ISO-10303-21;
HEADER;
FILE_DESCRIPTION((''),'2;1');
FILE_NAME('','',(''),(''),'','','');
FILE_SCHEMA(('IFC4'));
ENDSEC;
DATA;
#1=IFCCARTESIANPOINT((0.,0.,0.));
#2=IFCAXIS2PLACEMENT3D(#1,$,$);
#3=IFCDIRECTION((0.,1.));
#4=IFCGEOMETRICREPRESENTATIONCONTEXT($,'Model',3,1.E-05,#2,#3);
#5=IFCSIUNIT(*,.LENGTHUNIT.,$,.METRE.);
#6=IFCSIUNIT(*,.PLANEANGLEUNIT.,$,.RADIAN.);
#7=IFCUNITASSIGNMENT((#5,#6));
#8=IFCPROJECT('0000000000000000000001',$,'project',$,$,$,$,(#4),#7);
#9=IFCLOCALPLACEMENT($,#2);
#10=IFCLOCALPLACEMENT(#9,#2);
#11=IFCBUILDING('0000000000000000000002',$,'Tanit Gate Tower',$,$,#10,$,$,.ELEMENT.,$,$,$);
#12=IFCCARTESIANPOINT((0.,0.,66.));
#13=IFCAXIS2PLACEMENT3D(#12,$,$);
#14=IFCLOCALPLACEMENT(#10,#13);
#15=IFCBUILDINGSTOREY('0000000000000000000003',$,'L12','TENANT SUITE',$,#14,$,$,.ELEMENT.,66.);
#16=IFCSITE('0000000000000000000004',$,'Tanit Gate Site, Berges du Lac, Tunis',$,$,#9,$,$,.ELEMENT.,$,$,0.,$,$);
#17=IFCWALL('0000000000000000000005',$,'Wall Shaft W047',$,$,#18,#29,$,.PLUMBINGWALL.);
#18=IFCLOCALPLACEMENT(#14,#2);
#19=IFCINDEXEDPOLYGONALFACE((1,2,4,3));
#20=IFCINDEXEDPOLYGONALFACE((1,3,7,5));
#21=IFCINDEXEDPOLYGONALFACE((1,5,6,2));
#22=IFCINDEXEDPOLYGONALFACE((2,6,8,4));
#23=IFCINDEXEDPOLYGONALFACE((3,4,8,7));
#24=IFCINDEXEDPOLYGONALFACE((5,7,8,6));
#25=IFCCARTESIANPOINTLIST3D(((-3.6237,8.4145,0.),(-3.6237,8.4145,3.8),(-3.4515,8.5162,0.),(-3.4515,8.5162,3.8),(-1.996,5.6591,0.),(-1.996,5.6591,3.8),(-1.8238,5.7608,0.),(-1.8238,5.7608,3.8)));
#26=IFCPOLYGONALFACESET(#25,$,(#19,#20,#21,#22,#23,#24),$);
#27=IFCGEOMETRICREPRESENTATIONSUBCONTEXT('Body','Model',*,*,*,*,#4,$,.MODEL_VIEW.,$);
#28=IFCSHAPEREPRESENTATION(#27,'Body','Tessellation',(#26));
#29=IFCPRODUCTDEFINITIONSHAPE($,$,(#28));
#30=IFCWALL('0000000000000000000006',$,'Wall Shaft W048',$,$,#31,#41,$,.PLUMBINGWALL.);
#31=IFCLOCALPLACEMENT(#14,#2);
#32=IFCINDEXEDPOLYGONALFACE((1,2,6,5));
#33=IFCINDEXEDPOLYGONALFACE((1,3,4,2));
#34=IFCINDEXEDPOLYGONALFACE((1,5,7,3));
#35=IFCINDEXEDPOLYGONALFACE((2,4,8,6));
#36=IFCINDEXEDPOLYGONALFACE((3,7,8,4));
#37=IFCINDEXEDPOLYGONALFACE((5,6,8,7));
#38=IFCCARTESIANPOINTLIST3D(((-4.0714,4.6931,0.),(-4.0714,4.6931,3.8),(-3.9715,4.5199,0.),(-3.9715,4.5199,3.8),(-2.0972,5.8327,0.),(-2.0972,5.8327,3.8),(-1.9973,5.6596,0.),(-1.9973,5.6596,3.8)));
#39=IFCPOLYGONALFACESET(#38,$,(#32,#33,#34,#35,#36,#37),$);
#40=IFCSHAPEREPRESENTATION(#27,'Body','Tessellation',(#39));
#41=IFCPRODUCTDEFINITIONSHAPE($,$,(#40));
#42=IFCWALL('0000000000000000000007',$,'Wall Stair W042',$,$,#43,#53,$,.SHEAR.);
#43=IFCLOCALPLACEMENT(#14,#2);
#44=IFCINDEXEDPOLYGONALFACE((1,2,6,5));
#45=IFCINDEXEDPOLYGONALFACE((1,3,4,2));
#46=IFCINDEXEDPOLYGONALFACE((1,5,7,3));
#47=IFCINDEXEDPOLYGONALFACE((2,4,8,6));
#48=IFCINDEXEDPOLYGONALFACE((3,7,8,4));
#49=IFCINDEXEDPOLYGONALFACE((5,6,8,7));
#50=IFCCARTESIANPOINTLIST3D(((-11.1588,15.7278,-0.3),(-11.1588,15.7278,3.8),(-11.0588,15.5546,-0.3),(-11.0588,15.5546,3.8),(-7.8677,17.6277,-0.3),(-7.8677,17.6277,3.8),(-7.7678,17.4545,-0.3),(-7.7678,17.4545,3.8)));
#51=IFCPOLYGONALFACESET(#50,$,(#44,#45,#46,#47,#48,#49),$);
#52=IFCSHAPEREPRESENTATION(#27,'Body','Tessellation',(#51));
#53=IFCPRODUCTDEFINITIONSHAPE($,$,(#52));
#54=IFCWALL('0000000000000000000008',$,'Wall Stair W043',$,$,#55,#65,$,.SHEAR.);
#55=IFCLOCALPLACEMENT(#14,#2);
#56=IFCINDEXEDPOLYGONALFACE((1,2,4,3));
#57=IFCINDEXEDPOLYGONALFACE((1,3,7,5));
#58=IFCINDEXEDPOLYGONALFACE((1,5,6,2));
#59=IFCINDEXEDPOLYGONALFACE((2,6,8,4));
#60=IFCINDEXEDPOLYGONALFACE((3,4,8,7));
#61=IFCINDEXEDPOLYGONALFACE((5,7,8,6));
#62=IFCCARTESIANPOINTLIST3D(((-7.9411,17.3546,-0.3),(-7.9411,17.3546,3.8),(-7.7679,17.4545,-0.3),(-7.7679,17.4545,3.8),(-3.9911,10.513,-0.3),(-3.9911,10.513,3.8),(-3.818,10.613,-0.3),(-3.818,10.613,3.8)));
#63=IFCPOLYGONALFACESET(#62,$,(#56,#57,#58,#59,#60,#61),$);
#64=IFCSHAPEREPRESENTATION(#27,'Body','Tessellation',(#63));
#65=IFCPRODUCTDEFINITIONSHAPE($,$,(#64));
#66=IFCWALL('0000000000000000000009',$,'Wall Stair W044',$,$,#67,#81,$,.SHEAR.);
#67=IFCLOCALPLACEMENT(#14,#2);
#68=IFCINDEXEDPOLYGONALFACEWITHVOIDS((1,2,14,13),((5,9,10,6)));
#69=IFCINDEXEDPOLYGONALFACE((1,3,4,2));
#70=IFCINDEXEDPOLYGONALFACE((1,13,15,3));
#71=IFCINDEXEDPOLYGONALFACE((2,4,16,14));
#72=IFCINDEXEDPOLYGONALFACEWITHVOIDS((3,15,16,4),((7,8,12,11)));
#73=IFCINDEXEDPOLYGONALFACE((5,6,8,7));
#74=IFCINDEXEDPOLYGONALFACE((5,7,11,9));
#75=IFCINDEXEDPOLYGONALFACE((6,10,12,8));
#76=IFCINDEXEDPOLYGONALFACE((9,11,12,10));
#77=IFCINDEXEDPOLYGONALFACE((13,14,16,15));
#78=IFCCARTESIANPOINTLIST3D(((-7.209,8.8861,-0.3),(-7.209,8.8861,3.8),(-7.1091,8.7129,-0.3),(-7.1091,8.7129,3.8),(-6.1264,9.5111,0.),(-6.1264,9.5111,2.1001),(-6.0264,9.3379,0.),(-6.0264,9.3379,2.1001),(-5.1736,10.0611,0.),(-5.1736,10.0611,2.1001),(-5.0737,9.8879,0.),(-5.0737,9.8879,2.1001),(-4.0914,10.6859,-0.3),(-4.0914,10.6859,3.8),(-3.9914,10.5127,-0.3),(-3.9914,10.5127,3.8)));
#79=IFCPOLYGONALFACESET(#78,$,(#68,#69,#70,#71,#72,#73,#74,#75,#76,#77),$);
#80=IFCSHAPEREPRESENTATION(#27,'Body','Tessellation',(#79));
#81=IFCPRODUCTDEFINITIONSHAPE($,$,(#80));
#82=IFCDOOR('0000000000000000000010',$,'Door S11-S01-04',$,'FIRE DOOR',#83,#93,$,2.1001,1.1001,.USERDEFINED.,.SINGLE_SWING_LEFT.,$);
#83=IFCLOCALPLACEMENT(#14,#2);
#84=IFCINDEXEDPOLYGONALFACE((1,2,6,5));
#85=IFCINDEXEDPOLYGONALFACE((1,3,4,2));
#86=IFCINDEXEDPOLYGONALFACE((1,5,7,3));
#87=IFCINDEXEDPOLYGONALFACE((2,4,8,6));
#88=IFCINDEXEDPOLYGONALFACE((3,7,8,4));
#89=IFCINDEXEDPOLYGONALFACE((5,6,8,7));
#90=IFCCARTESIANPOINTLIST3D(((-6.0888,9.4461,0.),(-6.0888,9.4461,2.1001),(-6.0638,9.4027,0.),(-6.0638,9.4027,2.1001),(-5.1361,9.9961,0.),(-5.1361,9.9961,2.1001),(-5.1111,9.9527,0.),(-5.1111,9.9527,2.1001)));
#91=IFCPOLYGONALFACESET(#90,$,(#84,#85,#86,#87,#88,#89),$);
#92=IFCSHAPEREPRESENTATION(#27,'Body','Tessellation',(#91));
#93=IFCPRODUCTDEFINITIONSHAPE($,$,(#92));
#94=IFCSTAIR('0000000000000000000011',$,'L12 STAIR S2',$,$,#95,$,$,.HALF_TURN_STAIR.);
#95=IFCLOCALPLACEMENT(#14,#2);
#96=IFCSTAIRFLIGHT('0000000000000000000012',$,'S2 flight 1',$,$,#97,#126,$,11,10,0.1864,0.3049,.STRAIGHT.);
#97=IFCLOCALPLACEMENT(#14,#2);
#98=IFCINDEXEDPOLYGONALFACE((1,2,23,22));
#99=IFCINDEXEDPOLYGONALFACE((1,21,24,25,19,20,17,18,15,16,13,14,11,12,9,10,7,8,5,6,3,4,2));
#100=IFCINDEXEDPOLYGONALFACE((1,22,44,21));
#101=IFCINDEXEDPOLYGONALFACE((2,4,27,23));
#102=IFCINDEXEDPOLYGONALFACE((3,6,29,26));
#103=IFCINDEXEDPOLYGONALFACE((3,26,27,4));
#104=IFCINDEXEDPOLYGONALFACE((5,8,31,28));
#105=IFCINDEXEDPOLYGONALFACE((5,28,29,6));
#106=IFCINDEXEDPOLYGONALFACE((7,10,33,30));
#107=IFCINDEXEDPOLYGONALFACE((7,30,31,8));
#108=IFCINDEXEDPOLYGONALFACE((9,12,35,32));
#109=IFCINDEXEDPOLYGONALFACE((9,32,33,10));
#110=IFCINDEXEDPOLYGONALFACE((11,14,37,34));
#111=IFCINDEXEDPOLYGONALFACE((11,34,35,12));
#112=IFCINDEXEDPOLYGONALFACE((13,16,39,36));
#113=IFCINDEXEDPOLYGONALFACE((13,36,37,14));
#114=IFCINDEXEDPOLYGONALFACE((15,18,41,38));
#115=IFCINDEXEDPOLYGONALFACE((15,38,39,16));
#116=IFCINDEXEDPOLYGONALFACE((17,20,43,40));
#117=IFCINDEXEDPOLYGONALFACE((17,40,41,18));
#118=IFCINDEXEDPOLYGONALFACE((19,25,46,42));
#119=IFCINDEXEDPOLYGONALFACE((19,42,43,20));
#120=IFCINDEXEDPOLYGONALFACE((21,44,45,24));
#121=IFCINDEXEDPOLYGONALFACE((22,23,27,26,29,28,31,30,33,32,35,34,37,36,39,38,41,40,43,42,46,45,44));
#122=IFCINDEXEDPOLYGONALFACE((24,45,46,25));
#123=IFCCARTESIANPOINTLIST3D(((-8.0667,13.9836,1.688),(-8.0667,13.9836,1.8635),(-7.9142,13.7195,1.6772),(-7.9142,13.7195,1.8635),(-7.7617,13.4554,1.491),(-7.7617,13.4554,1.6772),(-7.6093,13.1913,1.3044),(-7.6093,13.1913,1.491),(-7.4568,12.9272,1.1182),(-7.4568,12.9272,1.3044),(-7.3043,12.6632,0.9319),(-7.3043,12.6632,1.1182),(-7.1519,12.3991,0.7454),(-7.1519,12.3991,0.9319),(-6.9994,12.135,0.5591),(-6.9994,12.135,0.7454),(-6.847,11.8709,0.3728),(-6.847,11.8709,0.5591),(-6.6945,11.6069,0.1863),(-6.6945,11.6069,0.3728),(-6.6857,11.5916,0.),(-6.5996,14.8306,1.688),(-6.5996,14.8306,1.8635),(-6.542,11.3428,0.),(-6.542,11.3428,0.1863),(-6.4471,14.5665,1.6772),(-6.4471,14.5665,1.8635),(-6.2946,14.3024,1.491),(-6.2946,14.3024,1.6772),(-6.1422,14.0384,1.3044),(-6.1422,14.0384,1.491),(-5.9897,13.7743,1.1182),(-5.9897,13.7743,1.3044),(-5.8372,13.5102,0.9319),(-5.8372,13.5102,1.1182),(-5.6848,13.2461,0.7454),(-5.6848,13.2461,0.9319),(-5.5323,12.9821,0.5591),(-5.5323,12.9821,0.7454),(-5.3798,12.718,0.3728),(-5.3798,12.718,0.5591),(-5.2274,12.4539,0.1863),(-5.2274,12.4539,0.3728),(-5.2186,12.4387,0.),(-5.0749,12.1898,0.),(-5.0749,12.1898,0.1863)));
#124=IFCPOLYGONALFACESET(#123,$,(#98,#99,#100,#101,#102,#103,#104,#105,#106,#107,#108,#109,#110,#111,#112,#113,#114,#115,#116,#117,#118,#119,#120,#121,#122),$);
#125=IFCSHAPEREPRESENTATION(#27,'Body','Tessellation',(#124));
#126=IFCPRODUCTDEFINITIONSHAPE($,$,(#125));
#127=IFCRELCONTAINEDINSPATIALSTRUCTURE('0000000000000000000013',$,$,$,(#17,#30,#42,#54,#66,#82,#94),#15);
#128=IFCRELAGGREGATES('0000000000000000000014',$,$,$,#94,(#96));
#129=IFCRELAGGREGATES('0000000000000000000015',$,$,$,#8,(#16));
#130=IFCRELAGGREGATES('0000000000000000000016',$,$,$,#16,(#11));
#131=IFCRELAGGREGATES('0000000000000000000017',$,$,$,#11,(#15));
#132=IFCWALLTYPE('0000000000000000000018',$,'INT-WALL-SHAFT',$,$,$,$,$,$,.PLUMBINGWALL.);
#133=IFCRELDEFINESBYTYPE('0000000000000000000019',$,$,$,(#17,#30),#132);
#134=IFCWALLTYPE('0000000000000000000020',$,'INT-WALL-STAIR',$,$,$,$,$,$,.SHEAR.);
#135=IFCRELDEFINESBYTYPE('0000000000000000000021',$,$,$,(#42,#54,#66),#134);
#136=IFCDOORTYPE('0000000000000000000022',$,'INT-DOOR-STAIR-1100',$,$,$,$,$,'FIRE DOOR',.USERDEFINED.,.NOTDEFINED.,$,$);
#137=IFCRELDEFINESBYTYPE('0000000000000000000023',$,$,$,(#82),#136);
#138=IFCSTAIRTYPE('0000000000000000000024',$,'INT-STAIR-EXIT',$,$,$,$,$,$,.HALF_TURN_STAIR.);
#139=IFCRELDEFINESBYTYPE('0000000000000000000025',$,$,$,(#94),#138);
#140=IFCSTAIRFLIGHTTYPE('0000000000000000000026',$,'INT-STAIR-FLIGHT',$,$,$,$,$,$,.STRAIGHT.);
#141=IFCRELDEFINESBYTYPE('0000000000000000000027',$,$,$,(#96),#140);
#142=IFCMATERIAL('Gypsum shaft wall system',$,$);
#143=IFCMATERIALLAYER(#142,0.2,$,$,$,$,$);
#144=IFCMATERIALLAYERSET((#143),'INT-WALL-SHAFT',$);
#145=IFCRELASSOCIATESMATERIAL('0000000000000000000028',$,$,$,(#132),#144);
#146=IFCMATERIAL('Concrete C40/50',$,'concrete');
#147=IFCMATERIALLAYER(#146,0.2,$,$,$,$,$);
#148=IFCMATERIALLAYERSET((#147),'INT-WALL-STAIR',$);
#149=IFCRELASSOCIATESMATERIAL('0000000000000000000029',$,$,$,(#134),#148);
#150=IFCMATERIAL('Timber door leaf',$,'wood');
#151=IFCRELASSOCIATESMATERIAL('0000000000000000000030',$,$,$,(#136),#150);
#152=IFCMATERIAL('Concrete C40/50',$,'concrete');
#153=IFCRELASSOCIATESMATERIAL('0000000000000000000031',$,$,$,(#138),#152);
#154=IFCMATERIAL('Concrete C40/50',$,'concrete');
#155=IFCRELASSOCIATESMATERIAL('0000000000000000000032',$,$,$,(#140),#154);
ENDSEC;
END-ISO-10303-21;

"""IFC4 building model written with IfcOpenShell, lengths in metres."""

from ifc_helpers import new_model, si_unit, direction, frame, frame_2d, origin, place, context, subcontext, project, spatial, polyline, rectangle, outline, extrude, material, layer, layer_set, type_object, element, fill, aggregate, save


model = new_model("IFC4")

# Units and contexts
model_context = context("Model", 3, precision=1e-05, world=origin(), true_north=direction((0.0, 1.0)))
body_context = subcontext(model_context, "Body", "Model", "MODEL_VIEW")
ifc_project = project(units=[si_unit("LENGTHUNIT", "METRE"), si_unit("PLANEANGLEUNIT", "RADIAN")], contexts=[model_context])

# Site, building, storey
site_placement = place(None, origin())
site = spatial("IfcSite", under=ifc_project, at=site_placement, Name="Tanit Gate Site, Berges du Lac, Tunis", CompositionType="ELEMENT", RefElevation=0.0)
building_placement = place(site_placement, origin())
building = spatial("IfcBuilding", under=site, at=building_placement, Name="Tanit Gate Tower", CompositionType="ELEMENT")
storey_placement = place(building_placement, frame((0.0, 0.0, 66.0)))
storey = spatial("IfcBuildingStorey", under=building, at=storey_placement, Name="L12", Description="TENANT SUITE", CompositionType="ELEMENT", Elevation=66.0)

# Shared definitions
ifc_material_1 = material(Name="Gypsum shaft wall system")
ifc_layer_1 = layer(ifc_material_1, 0.2)
ifc_layer_set_1 = layer_set([ifc_layer_1], Name="INT-WALL-SHAFT")
wall_type_1 = type_object("IfcWallType", Name="INT-WALL-SHAFT", PredefinedType="PLUMBINGWALL", material=ifc_layer_set_1)

# Walls
wall_1_placement = place(storey_placement, frame((-3.5376, 8.4653, 0.0), z_axis=(0.0, 0.0, 1.0), x_axis=(0.508616, -0.860993, 0.0)))
element("IfcWall", 1, at=wall_1_placement, inside=storey, type_object=wall_type_1, Name="Wall Shaft W047", PredefinedType="PLUMBINGWALL", context=body_context, shape_type="SweptSolid", body=[
    extrude(rectangle(XDim=3.2002, YDim=0.2, at=frame_2d((1.6001, 0.0))), origin(), (0.0, 0.0, 1.0), 3.8),
])
wall_2_placement = place(storey_placement, frame((-2.0474, 5.7461, 0.0), z_axis=(0.0, 0.0, 1.0), x_axis=(-0.866046, -0.499964, 0.0)))
element("IfcWall", 2, at=wall_2_placement, inside=storey, type_object=wall_type_1, Name="Wall Shaft W048", PredefinedType="PLUMBINGWALL", context=body_context, shape_type="SweptSolid", body=[
    extrude(rectangle(XDim=2.2795, YDim=0.2, at=frame_2d((1.1396, 0.0))), origin(), (0.0, 0.0, 1.0), 3.8),
])
ifc_material_2 = material(Name="Concrete C40/50", Category="concrete")
ifc_layer_2 = layer(ifc_material_2, 0.2)
ifc_layer_set_2 = layer_set([ifc_layer_2], Name="INT-WALL-STAIR")
wall_type_2 = type_object("IfcWallType", Name="INT-WALL-STAIR", PredefinedType="SHEAR", material=ifc_layer_set_2)
wall_3_placement = place(storey_placement, frame((-7.8179, 17.541, -0.3), z_axis=(0.0, 0.0, 1.0), x_axis=(-0.866044, -0.499967, 0.0)))
element("IfcWall", 3, at=wall_3_placement, inside=storey, type_object=wall_type_2, Name="Wall Stair W042", PredefinedType="SHEAR", context=body_context, shape_type="SweptSolid", body=[
    extrude(rectangle(XDim=3.8, YDim=0.2, at=frame_2d((1.8999, 0.0))), origin(), (0.0, 0.0, 1.0), 4.1001),
])
wall_4_placement = place(storey_placement, frame((-7.8545, 17.4045, -0.3), z_axis=(0.0, 0.0, 1.0), x_axis=(0.499998, -0.866027, 0.0)))
element("IfcWall", 4, at=wall_4_placement, inside=storey, type_object=wall_type_2, Name="Wall Stair W043", PredefinedType="SHEAR", context=body_context, shape_type="SweptSolid", body=[
    extrude(rectangle(XDim=7.8999, YDim=0.2, at=frame_2d((3.95, 0.0))), origin(), (0.0, 0.0, 1.0), 4.1001),
])

# Wall, opening, door
wall_5_placement = place(storey_placement, frame((-7.1589, 8.7996, -0.3), z_axis=(0.0, 0.0, 1.0), x_axis=(0.866048, 0.499961, 0.0)))
wall_5 = element("IfcWall", 5, at=wall_5_placement, inside=storey, type_object=wall_type_2, Name="Wall Stair W044", PredefinedType="SHEAR", context=body_context, shape_type="SweptSolid", body=[
    extrude(rectangle(XDim=3.5999, YDim=0.2, at=frame_2d((1.7998, 0.0))), origin(), (0.0, 0.0, 1.0), 4.1001),
])
opening_1_placement = place(wall_5_placement, frame((1.25, 0.0, 0.3)))
opening_1 = element("IfcOpeningElement", 6, at=opening_1_placement, cuts=wall_5, PredefinedType="OPENING", context=body_context, shape_type="SweptSolid", body=[
    extrude(rectangle(XDim=1.1001, YDim=2.1001, at=frame_2d((0.55, 1.05))), frame((0.0, 0.1099, 0.0), z_axis=(0.0, -1.0, 0.0), x_axis=(1.0, 0.0, 0.0)), (0.0, 0.0, 1.0), 0.22),
])
ifc_material_3 = material(Name="Timber door leaf", Category="wood")
door_type_1 = type_object("IfcDoorType", Name="INT-DOOR-STAIR-1100", ElementType="FIRE DOOR", OperationType="NOTDEFINED", PredefinedType="USERDEFINED", material=ifc_material_3)
door_1_placement = place(opening_1_placement, origin())
door_1 = element("IfcDoor", 7, at=door_1_placement, inside=storey, type_object=door_type_1, Name="Door S11-S01-04", ObjectType="FIRE DOOR", OperationType="SINGLE_SWING_LEFT", OverallHeight=2.1001, OverallWidth=1.1001, PredefinedType="USERDEFINED", context=body_context, shape_type="SweptSolid", body=[
    extrude(rectangle(XDim=1.1001, YDim=2.1001, at=frame_2d((0.55, 1.05))), frame((0.0, 0.0249, 0.0), z_axis=(0.0, -1.0, 0.0), x_axis=(1.0, 0.0, 0.0)), (0.0, 0.0, 1.0), 0.05),
])
fill(opening_1, door_1)

# Stair, stair flight
ifc_material_4 = material(Name="Concrete C40/50", Category="concrete")
stair_type = type_object("IfcStairType", Name="INT-STAIR-EXIT", PredefinedType="HALF_TURN_STAIR", material=ifc_material_4)
stair_placement = place(storey_placement, origin())
stair = element("IfcStair", 8, at=stair_placement, inside=storey, type_object=stair_type, Name="L12 STAIR S2", PredefinedType="HALF_TURN_STAIR")
ifc_material_5 = material(Name="Concrete C40/50", Category="concrete")
stair_flight_type = type_object("IfcStairFlightType", Name="INT-STAIR-FLIGHT", PredefinedType="STRAIGHT", material=ifc_material_5)
stair_flight_placement = place(storey_placement, frame((-5.8083, 11.7664, 0.0), z_axis=(0.0, 0.0, 1.0), x_axis=(-0.5, 0.866025, 0.0)))
stair_flight = element("IfcStairFlight", 9, at=stair_flight_placement, type_object=stair_flight_type, Name="S2 flight 1", NumberOfRisers=11, NumberOfTreads=10, PredefinedType="STRAIGHT", RiserHeight=0.1864, TreadLength=0.3049, context=body_context, shape_type="SweptSolid", body=[
    extrude(outline(polyline([(0.0, 0.0), (0.0, 0.1863), (0.3049, 0.1863), (0.3049, 0.3728), (0.6099, 0.3728), (0.6099, 0.5591), (0.9148, 0.5591), (0.9148, 0.7454), (1.2197, 0.7454), (1.2197, 0.9319), (1.5247, 0.9319), (1.5247, 1.1182), (1.8296, 1.1182), (1.8296, 1.3044), (2.1345, 1.3044), (2.1345, 1.491), (2.4395, 1.491), (2.4395, 1.6772), (2.7444, 1.6772), (2.7444, 1.8635), (3.0493, 1.8635), (3.0493, 2.05), (3.0493, 1.688), (0.2874, 0.0), (0.0, 0.0)])), frame((0.0, 0.8472, 0.0), z_axis=(0.0, -1.0, 0.0), x_axis=(1.0, 0.0, 0.0)), (0.0, 0.0, 1.0), 1.6941),
])
aggregate(stair, [stair_flight])

save(model, "model.ifc")
